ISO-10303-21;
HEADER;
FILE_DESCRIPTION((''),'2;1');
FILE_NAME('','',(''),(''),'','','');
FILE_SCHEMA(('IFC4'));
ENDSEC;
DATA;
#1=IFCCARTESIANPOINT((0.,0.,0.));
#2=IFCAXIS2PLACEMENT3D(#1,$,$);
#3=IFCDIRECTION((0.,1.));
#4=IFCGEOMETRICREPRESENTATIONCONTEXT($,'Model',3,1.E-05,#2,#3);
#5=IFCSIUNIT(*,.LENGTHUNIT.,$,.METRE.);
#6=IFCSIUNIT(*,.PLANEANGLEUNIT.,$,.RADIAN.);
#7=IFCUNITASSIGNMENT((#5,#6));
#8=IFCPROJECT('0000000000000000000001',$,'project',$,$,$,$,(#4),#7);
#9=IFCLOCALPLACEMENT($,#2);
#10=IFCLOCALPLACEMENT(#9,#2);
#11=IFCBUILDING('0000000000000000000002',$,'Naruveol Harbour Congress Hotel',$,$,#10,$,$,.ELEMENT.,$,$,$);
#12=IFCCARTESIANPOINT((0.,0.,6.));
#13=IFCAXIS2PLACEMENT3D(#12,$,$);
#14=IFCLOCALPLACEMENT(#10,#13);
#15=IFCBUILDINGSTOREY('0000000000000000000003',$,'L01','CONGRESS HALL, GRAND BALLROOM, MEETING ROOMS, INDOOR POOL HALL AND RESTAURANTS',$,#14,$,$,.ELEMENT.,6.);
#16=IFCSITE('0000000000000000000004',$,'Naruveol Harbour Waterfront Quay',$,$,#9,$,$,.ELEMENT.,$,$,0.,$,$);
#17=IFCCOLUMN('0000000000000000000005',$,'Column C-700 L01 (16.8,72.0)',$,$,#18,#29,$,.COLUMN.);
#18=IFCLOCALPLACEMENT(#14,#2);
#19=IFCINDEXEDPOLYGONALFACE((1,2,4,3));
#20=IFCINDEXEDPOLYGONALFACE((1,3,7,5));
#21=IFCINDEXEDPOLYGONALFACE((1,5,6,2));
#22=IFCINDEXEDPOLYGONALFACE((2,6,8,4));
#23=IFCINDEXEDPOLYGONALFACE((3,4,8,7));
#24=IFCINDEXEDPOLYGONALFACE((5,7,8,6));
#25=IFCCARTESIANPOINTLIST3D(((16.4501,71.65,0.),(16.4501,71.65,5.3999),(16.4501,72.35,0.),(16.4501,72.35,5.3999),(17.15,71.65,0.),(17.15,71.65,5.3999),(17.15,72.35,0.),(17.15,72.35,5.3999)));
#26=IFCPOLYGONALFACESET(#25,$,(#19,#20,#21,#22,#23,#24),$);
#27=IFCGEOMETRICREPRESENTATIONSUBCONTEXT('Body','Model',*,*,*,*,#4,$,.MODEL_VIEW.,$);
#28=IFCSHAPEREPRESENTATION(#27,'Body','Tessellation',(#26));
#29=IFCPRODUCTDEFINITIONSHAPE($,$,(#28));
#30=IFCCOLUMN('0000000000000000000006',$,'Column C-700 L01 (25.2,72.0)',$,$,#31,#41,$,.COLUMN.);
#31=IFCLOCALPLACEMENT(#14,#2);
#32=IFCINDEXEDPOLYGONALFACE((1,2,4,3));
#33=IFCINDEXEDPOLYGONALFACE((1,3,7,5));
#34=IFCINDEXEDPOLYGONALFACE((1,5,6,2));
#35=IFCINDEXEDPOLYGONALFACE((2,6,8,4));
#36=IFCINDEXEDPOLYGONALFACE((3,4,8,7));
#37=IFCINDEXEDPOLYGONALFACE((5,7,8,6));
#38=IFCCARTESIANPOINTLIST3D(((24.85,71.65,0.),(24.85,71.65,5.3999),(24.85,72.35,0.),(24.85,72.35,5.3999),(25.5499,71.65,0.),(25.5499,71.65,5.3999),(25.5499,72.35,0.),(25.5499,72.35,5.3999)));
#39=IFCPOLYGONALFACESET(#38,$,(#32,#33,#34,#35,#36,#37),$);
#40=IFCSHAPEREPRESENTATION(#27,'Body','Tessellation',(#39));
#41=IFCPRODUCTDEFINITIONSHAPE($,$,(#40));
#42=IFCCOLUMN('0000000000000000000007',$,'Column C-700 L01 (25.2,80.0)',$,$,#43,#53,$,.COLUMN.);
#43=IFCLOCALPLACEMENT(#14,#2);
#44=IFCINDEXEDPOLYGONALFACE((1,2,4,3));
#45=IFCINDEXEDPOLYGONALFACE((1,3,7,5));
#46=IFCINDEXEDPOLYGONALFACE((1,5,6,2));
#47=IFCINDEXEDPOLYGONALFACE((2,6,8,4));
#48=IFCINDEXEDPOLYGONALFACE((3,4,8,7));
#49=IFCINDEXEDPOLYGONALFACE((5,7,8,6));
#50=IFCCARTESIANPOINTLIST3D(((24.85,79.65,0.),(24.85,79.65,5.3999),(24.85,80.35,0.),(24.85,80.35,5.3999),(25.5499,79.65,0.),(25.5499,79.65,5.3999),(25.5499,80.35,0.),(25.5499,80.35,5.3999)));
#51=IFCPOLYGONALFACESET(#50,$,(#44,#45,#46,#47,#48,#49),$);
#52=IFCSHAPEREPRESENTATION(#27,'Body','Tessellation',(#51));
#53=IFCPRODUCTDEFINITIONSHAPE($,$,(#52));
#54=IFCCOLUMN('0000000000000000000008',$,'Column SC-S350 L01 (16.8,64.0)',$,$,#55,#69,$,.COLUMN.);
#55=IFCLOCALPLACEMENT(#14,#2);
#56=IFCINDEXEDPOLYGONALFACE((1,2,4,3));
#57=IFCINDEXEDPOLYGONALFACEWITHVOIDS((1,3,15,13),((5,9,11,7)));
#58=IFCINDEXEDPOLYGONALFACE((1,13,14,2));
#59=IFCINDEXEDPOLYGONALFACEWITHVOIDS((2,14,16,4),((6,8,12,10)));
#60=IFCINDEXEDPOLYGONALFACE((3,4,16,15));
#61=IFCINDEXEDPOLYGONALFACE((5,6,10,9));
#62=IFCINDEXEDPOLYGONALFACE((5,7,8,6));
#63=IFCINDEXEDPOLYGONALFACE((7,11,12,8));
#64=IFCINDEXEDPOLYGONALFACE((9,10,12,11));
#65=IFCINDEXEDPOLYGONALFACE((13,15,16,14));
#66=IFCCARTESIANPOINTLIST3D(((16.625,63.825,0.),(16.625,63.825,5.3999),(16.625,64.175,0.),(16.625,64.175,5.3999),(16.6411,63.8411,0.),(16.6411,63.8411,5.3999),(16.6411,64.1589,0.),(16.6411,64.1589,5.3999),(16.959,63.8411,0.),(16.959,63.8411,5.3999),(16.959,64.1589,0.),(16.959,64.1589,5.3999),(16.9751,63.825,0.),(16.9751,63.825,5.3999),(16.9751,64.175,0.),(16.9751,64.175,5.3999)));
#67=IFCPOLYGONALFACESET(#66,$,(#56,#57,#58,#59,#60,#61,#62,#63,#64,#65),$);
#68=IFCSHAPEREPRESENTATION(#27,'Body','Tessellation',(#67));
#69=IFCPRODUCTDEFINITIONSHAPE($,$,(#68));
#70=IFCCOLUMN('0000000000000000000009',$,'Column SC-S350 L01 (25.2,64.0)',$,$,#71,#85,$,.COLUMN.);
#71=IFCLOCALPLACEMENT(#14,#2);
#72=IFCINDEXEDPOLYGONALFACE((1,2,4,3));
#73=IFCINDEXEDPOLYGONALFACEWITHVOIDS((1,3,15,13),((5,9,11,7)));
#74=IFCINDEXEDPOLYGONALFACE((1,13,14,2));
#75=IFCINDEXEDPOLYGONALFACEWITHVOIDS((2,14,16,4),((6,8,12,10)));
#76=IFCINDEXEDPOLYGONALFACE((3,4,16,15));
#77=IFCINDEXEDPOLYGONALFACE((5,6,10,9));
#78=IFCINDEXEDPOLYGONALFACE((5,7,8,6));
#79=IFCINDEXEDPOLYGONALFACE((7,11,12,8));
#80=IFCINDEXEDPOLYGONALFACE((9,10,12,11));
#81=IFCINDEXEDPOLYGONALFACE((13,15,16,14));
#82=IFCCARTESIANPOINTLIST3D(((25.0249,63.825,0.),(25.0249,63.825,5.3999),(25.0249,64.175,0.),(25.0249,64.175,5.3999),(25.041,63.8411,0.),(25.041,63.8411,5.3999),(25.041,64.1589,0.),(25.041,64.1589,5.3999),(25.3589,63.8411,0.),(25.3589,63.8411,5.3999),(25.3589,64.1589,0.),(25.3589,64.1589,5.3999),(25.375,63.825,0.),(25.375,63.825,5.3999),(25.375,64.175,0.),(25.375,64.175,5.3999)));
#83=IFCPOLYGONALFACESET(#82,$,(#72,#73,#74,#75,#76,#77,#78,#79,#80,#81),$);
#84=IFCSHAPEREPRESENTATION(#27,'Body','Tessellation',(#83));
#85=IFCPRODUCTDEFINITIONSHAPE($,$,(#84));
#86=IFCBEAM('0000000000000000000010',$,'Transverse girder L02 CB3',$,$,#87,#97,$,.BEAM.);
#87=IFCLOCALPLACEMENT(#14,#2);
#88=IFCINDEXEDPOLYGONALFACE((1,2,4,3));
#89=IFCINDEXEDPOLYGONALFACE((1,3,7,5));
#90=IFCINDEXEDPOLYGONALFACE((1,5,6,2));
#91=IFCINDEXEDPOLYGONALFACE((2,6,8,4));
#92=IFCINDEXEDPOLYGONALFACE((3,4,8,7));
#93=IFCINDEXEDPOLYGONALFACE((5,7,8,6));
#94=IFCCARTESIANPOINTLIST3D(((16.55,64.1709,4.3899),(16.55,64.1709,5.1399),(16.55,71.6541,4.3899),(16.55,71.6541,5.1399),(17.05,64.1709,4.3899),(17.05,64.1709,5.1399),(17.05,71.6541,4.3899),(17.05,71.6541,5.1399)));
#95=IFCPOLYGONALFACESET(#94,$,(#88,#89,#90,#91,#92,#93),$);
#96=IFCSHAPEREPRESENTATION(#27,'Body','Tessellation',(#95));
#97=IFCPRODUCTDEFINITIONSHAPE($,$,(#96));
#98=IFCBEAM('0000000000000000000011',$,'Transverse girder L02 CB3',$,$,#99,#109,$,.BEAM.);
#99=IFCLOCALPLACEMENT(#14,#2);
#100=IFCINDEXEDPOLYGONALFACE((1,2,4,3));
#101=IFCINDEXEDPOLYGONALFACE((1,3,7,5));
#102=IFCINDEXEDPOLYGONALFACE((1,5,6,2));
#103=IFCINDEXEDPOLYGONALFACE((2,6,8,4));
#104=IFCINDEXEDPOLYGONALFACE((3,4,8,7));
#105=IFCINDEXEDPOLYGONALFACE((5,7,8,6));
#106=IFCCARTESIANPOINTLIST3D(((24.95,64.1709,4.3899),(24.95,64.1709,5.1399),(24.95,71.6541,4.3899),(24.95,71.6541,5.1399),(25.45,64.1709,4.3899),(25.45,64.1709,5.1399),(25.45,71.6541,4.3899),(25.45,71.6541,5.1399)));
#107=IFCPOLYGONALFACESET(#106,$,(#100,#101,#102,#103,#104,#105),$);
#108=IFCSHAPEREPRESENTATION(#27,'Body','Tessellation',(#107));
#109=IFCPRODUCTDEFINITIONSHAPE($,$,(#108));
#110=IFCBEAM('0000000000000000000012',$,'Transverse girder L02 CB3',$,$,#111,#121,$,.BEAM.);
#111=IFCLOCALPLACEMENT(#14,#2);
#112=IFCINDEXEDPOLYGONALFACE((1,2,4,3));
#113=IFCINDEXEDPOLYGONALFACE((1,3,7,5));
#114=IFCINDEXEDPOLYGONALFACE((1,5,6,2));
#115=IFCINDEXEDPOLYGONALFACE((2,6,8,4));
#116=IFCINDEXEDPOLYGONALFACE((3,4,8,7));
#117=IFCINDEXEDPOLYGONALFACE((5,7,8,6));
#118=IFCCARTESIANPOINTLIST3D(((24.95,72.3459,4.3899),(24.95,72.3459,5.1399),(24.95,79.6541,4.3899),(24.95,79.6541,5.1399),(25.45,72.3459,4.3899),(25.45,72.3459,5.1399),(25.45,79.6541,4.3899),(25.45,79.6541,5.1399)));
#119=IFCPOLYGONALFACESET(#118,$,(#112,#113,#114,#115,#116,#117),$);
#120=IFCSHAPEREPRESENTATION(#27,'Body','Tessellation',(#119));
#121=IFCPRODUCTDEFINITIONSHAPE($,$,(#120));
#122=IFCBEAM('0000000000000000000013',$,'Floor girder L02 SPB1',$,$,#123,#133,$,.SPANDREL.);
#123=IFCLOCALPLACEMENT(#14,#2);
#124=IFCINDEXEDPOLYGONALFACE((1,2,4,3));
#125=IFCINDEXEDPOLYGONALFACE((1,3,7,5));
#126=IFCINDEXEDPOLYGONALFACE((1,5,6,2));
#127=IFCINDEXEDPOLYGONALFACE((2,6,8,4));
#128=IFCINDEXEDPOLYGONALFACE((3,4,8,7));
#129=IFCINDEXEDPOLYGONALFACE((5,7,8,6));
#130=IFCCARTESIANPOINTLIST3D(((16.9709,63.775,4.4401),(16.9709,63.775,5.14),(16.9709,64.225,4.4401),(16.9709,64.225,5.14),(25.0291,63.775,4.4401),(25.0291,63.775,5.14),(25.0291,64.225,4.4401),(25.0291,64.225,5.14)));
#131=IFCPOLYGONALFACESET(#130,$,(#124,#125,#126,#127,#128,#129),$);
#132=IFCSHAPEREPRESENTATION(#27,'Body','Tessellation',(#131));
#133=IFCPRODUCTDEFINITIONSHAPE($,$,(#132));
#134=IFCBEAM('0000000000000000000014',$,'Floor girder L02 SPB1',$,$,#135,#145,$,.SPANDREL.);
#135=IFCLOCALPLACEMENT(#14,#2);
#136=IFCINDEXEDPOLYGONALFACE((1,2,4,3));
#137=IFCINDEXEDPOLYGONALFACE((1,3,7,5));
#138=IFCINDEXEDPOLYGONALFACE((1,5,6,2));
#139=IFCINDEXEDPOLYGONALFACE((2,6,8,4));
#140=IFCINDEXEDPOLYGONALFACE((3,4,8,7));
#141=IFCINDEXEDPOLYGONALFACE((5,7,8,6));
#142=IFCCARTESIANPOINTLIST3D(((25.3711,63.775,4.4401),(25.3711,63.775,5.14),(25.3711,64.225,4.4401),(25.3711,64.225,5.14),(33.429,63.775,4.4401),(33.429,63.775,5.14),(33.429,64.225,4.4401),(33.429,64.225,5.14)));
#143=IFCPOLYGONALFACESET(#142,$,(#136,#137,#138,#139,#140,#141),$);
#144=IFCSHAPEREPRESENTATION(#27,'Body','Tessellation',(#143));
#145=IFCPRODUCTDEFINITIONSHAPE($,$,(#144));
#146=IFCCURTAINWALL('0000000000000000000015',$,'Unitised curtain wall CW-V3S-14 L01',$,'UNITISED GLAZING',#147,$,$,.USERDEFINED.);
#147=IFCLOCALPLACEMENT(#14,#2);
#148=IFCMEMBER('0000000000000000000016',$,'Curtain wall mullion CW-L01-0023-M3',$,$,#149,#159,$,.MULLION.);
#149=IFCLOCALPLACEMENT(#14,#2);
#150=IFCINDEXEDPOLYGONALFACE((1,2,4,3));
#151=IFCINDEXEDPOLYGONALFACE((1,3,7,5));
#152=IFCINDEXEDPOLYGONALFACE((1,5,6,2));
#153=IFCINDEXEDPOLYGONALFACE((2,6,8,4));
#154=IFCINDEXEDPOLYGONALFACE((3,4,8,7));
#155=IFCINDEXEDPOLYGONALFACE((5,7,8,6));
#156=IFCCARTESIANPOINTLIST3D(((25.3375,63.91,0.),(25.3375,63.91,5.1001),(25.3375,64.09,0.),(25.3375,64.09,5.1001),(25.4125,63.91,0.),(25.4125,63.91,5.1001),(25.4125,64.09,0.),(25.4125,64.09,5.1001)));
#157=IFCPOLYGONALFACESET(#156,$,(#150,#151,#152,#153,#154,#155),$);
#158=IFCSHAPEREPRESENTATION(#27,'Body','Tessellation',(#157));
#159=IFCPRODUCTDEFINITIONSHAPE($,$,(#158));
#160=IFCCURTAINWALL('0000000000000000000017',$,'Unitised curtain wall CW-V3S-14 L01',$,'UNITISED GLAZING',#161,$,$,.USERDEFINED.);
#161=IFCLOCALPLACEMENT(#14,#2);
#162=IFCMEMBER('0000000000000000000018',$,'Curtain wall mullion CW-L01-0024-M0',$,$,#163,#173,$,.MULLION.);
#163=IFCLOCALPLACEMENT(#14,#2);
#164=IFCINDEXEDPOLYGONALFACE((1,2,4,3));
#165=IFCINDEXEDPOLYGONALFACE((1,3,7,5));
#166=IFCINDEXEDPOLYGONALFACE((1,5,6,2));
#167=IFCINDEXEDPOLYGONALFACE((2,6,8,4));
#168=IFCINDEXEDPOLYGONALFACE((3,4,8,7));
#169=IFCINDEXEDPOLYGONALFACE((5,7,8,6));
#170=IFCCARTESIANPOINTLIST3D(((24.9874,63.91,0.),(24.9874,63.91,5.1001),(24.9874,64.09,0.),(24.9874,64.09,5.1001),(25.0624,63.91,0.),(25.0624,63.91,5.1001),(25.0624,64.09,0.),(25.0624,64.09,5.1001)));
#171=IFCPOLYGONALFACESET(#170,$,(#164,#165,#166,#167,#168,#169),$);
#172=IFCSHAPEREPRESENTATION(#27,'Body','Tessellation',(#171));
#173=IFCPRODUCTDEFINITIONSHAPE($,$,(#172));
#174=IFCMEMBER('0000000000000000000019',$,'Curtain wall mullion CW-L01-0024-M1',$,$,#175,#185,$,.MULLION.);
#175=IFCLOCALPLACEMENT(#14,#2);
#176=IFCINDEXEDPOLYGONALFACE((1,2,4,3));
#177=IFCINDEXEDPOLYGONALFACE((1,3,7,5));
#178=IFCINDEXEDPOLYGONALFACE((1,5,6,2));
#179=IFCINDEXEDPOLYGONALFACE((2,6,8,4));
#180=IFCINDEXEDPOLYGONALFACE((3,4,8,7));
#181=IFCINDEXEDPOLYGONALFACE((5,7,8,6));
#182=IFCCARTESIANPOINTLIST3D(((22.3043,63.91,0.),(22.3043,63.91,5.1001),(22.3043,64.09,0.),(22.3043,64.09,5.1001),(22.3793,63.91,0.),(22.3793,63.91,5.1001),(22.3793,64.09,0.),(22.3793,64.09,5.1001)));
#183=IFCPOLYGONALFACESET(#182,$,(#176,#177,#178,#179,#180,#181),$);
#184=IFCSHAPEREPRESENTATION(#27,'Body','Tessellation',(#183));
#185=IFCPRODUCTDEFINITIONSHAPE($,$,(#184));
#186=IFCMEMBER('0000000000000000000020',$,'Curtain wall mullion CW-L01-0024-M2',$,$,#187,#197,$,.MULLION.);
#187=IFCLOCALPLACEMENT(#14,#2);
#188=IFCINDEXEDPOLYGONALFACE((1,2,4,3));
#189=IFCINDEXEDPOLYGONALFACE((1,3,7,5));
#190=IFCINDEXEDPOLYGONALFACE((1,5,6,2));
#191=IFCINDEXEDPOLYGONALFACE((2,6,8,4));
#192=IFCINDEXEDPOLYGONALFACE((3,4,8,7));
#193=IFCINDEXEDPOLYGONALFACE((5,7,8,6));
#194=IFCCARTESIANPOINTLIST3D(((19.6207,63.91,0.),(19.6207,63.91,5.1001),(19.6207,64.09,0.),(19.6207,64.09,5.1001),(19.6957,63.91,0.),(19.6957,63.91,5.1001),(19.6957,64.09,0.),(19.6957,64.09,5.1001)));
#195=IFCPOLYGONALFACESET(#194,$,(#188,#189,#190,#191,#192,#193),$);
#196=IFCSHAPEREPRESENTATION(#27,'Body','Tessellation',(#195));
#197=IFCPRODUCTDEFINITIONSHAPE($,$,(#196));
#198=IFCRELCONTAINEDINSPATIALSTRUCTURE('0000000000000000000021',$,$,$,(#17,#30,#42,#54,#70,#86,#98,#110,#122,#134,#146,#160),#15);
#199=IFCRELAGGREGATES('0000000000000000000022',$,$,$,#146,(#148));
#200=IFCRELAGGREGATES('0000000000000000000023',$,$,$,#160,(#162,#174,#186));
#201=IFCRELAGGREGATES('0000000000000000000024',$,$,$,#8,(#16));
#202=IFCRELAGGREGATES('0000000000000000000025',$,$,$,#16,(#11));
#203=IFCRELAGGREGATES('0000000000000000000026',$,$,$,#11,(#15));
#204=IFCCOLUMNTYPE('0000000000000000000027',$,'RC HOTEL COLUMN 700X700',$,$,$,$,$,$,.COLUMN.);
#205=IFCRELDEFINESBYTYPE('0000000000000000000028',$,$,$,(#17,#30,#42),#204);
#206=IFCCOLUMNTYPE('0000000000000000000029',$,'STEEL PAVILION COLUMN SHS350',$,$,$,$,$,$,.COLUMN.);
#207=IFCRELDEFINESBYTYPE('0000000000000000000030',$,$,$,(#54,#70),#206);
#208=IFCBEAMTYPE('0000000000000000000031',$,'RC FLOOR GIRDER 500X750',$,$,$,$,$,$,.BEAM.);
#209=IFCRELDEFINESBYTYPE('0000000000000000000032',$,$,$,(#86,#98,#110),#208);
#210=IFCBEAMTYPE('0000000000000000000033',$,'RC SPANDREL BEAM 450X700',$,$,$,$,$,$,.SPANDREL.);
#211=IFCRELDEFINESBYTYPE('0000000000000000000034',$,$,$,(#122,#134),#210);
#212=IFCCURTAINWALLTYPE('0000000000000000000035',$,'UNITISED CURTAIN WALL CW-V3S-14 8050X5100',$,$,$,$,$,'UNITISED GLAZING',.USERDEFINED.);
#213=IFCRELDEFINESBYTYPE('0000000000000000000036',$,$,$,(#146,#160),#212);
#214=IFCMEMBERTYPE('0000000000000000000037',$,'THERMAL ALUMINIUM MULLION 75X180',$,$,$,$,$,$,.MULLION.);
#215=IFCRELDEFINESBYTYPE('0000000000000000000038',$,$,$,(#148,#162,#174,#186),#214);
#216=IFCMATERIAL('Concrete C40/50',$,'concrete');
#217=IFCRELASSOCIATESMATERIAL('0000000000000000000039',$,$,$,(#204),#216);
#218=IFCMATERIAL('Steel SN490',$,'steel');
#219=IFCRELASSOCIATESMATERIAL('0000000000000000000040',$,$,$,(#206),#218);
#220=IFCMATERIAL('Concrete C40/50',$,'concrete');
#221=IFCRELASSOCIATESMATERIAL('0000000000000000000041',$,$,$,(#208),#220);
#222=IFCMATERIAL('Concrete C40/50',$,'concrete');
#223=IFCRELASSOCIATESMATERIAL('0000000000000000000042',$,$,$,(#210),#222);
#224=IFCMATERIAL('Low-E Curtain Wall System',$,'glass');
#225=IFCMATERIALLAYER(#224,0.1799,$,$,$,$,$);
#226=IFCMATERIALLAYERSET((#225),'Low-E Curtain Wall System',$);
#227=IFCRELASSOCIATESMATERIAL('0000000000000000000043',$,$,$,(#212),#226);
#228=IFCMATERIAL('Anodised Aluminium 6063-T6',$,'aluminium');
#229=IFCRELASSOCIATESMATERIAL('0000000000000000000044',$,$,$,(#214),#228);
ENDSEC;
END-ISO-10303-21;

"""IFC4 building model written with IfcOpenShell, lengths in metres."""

from ifc_helpers import new_model, si_unit, direction, frame, origin, origin_2d, place, context, subcontext, project, spatial, rectangle, hollow_rectangle, extrude, material, layer, layer_set, material_profile, profile_set, type_object, element, aggregate, save


model = new_model("IFC4")

# Units and contexts
model_context = context("Model", 3, precision=1e-05, world=origin(), true_north=direction((0.0, 1.0)))
body_context = subcontext(model_context, "Body", "Model", "MODEL_VIEW")
ifc_project = project(units=[si_unit("LENGTHUNIT", "METRE"), si_unit("PLANEANGLEUNIT", "RADIAN")], contexts=[model_context])

# Site, building, storey
site_placement = place(None, origin())
site = spatial("IfcSite", under=ifc_project, at=site_placement, Name="Naruveol Harbour Waterfront Quay", CompositionType="ELEMENT", RefElevation=0.0)
building_placement = place(site_placement, origin())
building = spatial("IfcBuilding", under=site, at=building_placement, Name="Naruveol Harbour Congress Hotel", CompositionType="ELEMENT")
storey_placement = place(building_placement, frame((0.0, 0.0, 6.0)))
storey = spatial("IfcBuildingStorey", under=building, at=storey_placement, Name="L01", Description="CONGRESS HALL, GRAND BALLROOM, MEETING ROOMS, INDOOR POOL HALL AND RESTAURANTS", CompositionType="ELEMENT", Elevation=6.0)

# Columns
ifc_material_1 = material(Name="Concrete C40/50", Category="concrete")
ifc_material_profile_1 = material_profile(ifc_material_1, rectangle(XDim=0.7, YDim=0.7, at=origin_2d()), Name="RC-700x700")
ifc_profile_set_1 = profile_set([ifc_material_profile_1], Name="Concrete C40/50")
column_type_1 = type_object("IfcColumnType", Name="RC HOTEL COLUMN 700X700", PredefinedType="COLUMN", material=ifc_profile_set_1)
for number, where, z_axis, x_axis, name in (
    (1, (16.8, 72.0, 0.0), (0.0, 0.0, 1.0), (1.0, 0.0, 0.0), "Column C-700 L01 (16.8,72.0)"),
    (2, (25.2, 72.0, 0.0), (0.0, 0.0, 1.0), (1.0, 0.0, 0.0), "Column C-700 L01 (25.2,72.0)"),
    (3, (25.2, 80.0, 0.0), (0.0, 0.0, 1.0), (1.0, 0.0, 0.0), "Column C-700 L01 (25.2,80.0)"),
):
    element("IfcColumn", number, at=place(storey_placement, frame(where, z_axis=z_axis, x_axis=x_axis)), inside=storey, type_object=column_type_1, Name=name, PredefinedType="COLUMN", context=body_context, shape_type="SweptSolid", body=[
        extrude(rectangle(XDim=0.7, YDim=0.7, at=origin_2d()), origin(), (0.0, 0.0, 1.0), 5.3999),
    ])
ifc_material_2 = material(Name="Steel SN490", Category="steel")
ifc_material_profile_2 = material_profile(ifc_material_2, hollow_rectangle(XDim=0.3501, YDim=0.3501, WallThickness=0.0161, at=origin_2d()), Name="SHS-350x350x16")
ifc_profile_set_2 = profile_set([ifc_material_profile_2], Name="Steel SN490")
column_type_2 = type_object("IfcColumnType", Name="STEEL PAVILION COLUMN SHS350", PredefinedType="COLUMN", material=ifc_profile_set_2)
for number, where, z_axis, x_axis, name in (
    (4, (16.8, 64.0, 0.0), (0.0, 0.0, 1.0), (1.0, 0.0, 0.0), "Column SC-S350 L01 (16.8,64.0)"),
    (5, (25.2, 64.0, 0.0), (0.0, 0.0, 1.0), (1.0, 0.0, 0.0), "Column SC-S350 L01 (25.2,64.0)"),
):
    element("IfcColumn", number, at=place(storey_placement, frame(where, z_axis=z_axis, x_axis=x_axis)), inside=storey, type_object=column_type_2, Name=name, PredefinedType="COLUMN", context=body_context, shape_type="SweptSolid", body=[
        extrude(hollow_rectangle(XDim=0.3501, YDim=0.3501, WallThickness=0.0161, at=origin_2d()), origin(), (0.0, 0.0, 1.0), 5.3999),
    ])

# Beams
ifc_material_3 = material(Name="Concrete C40/50", Category="concrete")
ifc_material_profile_3 = material_profile(ifc_material_3, rectangle(XDim=0.5, YDim=0.75, at=origin_2d()), Name="RCB-500x750")
ifc_profile_set_3 = profile_set([ifc_material_profile_3], Name="Concrete C40/50")
beam_type_1 = type_object("IfcBeamType", Name="RC FLOOR GIRDER 500X750", PredefinedType="BEAM", material=ifc_profile_set_3)
for number, where, z_axis, x_axis, name in (
    (6, (16.8, 64.1709, 4.7649), (0.0, 1.0, 0.0), (-1.0, 0.0, 0.0), "Transverse girder L02 CB3"),
    (7, (25.2, 64.1709, 4.7649), (0.0, 1.0, 0.0), (-1.0, 0.0, 0.0), "Transverse girder L02 CB3"),
):
    element("IfcBeam", number, at=place(storey_placement, frame(where, z_axis=z_axis, x_axis=x_axis)), inside=storey, type_object=beam_type_1, Name=name, PredefinedType="BEAM", context=body_context, shape_type="SweptSolid", body=[
        extrude(rectangle(XDim=0.5, YDim=0.75, at=origin_2d()), origin(), (0.0, 0.0, 1.0), 7.4832),
    ])
beam_1_placement = place(storey_placement, frame((25.2, 72.3459, 4.7649), z_axis=(0.0, 1.0, 0.0), x_axis=(-1.0, 0.0, 0.0)))
element("IfcBeam", 8, at=beam_1_placement, inside=storey, type_object=beam_type_1, Name="Transverse girder L02 CB3", PredefinedType="BEAM", context=body_context, shape_type="SweptSolid", body=[
    extrude(rectangle(XDim=0.5, YDim=0.75, at=origin_2d()), origin(), (0.0, 0.0, 1.0), 7.3081),
])
ifc_material_4 = material(Name="Concrete C40/50", Category="concrete")
ifc_material_profile_4 = material_profile(ifc_material_4, rectangle(XDim=0.45, YDim=0.7, at=origin_2d()), Name="RCB-450x700")
ifc_profile_set_4 = profile_set([ifc_material_profile_4], Name="Concrete C40/50")
beam_type_2 = type_object("IfcBeamType", Name="RC SPANDREL BEAM 450X700", PredefinedType="SPANDREL", material=ifc_profile_set_4)
beam_2_placement = place(storey_placement, frame((16.9709, 64.0, 4.79), z_axis=(1.0, 0.0, 0.0), x_axis=(0.0, 1.0, 0.0)))
element("IfcBeam", 9, at=beam_2_placement, inside=storey, type_object=beam_type_2, Name="Floor girder L02 SPB1", PredefinedType="SPANDREL", context=body_context, shape_type="SweptSolid", body=[
    extrude(rectangle(XDim=0.45, YDim=0.7, at=origin_2d()), origin(), (0.0, 0.0, 1.0), 8.0581),
])
beam_3_placement = place(storey_placement, frame((25.3711, 64.0, 4.79), z_axis=(1.0, 0.0, 0.0), x_axis=(0.0, 1.0, 0.0)))
element("IfcBeam", 10, at=beam_3_placement, inside=storey, type_object=beam_type_2, Name="Floor girder L02 SPB1", PredefinedType="SPANDREL", context=body_context, shape_type="SweptSolid", body=[
    extrude(rectangle(XDim=0.45, YDim=0.7, at=origin_2d()), origin(), (0.0, 0.0, 1.0), 8.0579),
])

# Curtain wall, member
ifc_material_5 = material(Name="Low-E Curtain Wall System", Category="glass")
ifc_layer_1 = layer(ifc_material_5, 0.1799)
ifc_layer_set_1 = layer_set([ifc_layer_1], Name="Low-E Curtain Wall System")
curtain_wall_type = type_object("IfcCurtainWallType", Name="UNITISED CURTAIN WALL CW-V3S-14 8050X5100", ElementType="UNITISED GLAZING", PredefinedType="USERDEFINED", material=ifc_layer_set_1)
curtain_wall_1_placement = place(storey_placement, origin())
curtain_wall_1 = element("IfcCurtainWall", 11, at=curtain_wall_1_placement, inside=storey, type_object=curtain_wall_type, Name="Unitised curtain wall CW-V3S-14 L01", ObjectType="UNITISED GLAZING", PredefinedType="USERDEFINED")
ifc_material_6 = material(Name="Anodised Aluminium 6063-T6", Category="aluminium")
ifc_material_profile_5 = material_profile(ifc_material_6, rectangle(XDim=0.075, YDim=0.1799, at=origin_2d()), Name="ALU-75x180")
ifc_profile_set_5 = profile_set([ifc_material_profile_5], Name="Anodised Aluminium 6063-T6")
member_type_1 = type_object("IfcMemberType", Name="THERMAL ALUMINIUM MULLION 75X180", PredefinedType="MULLION", material=ifc_profile_set_5)
member_1_placement = place(storey_placement, frame((25.375, 64.0, 0.0), z_axis=(0.0, 0.0, 1.0), x_axis=(1.0, 0.0, 0.0)))
member_1 = element("IfcMember", 12, at=member_1_placement, type_object=member_type_1, Name="Curtain wall mullion CW-L01-0023-M3", PredefinedType="MULLION", context=body_context, shape_type="SweptSolid", body=[
    extrude(rectangle(XDim=0.075, YDim=0.1799, at=origin_2d()), origin(), (0.0, 0.0, 1.0), 5.1001),
])
aggregate(curtain_wall_1, [member_1])

# Curtain wall, members
curtain_wall_2_placement = place(storey_placement, origin())
curtain_wall_2 = element("IfcCurtainWall", 13, at=curtain_wall_2_placement, inside=storey, type_object=curtain_wall_type, Name="Unitised curtain wall CW-V3S-14 L01", ObjectType="UNITISED GLAZING", PredefinedType="USERDEFINED")
member_2_placement = place(storey_placement, frame((25.0249, 64.0, 0.0), z_axis=(0.0, 0.0, 1.0), x_axis=(1.0, 0.0, 0.0)))
member_2 = element("IfcMember", 14, at=member_2_placement, type_object=member_type_1, Name="Curtain wall mullion CW-L01-0024-M0", PredefinedType="MULLION", context=body_context, shape_type="SweptSolid", body=[
    extrude(rectangle(XDim=0.075, YDim=0.1799, at=origin_2d()), origin(), (0.0, 0.0, 1.0), 5.1001),
])
member_3_placement = place(storey_placement, frame((22.3418, 64.0, 0.0), z_axis=(0.0, 0.0, 1.0), x_axis=(1.0, 0.0, 0.0)))
member_3 = element("IfcMember", 15, at=member_3_placement, type_object=member_type_1, Name="Curtain wall mullion CW-L01-0024-M1", PredefinedType="MULLION", context=body_context, shape_type="SweptSolid", body=[
    extrude(rectangle(XDim=0.075, YDim=0.1799, at=origin_2d()), origin(), (0.0, 0.0, 1.0), 5.1001),
])
member_4_placement = place(storey_placement, frame((19.6582, 64.0, 0.0), z_axis=(0.0, 0.0, 1.0), x_axis=(1.0, 0.0, 0.0)))
member_4 = element("IfcMember", 16, at=member_4_placement, type_object=member_type_1, Name="Curtain wall mullion CW-L01-0024-M2", PredefinedType="MULLION", context=body_context, shape_type="SweptSolid", body=[
    extrude(rectangle(XDim=0.075, YDim=0.1799, at=origin_2d()), origin(), (0.0, 0.0, 1.0), 5.1001),
])

aggregate(curtain_wall_2, [member_2, member_3, member_4])

save(model, "model.ifc")
